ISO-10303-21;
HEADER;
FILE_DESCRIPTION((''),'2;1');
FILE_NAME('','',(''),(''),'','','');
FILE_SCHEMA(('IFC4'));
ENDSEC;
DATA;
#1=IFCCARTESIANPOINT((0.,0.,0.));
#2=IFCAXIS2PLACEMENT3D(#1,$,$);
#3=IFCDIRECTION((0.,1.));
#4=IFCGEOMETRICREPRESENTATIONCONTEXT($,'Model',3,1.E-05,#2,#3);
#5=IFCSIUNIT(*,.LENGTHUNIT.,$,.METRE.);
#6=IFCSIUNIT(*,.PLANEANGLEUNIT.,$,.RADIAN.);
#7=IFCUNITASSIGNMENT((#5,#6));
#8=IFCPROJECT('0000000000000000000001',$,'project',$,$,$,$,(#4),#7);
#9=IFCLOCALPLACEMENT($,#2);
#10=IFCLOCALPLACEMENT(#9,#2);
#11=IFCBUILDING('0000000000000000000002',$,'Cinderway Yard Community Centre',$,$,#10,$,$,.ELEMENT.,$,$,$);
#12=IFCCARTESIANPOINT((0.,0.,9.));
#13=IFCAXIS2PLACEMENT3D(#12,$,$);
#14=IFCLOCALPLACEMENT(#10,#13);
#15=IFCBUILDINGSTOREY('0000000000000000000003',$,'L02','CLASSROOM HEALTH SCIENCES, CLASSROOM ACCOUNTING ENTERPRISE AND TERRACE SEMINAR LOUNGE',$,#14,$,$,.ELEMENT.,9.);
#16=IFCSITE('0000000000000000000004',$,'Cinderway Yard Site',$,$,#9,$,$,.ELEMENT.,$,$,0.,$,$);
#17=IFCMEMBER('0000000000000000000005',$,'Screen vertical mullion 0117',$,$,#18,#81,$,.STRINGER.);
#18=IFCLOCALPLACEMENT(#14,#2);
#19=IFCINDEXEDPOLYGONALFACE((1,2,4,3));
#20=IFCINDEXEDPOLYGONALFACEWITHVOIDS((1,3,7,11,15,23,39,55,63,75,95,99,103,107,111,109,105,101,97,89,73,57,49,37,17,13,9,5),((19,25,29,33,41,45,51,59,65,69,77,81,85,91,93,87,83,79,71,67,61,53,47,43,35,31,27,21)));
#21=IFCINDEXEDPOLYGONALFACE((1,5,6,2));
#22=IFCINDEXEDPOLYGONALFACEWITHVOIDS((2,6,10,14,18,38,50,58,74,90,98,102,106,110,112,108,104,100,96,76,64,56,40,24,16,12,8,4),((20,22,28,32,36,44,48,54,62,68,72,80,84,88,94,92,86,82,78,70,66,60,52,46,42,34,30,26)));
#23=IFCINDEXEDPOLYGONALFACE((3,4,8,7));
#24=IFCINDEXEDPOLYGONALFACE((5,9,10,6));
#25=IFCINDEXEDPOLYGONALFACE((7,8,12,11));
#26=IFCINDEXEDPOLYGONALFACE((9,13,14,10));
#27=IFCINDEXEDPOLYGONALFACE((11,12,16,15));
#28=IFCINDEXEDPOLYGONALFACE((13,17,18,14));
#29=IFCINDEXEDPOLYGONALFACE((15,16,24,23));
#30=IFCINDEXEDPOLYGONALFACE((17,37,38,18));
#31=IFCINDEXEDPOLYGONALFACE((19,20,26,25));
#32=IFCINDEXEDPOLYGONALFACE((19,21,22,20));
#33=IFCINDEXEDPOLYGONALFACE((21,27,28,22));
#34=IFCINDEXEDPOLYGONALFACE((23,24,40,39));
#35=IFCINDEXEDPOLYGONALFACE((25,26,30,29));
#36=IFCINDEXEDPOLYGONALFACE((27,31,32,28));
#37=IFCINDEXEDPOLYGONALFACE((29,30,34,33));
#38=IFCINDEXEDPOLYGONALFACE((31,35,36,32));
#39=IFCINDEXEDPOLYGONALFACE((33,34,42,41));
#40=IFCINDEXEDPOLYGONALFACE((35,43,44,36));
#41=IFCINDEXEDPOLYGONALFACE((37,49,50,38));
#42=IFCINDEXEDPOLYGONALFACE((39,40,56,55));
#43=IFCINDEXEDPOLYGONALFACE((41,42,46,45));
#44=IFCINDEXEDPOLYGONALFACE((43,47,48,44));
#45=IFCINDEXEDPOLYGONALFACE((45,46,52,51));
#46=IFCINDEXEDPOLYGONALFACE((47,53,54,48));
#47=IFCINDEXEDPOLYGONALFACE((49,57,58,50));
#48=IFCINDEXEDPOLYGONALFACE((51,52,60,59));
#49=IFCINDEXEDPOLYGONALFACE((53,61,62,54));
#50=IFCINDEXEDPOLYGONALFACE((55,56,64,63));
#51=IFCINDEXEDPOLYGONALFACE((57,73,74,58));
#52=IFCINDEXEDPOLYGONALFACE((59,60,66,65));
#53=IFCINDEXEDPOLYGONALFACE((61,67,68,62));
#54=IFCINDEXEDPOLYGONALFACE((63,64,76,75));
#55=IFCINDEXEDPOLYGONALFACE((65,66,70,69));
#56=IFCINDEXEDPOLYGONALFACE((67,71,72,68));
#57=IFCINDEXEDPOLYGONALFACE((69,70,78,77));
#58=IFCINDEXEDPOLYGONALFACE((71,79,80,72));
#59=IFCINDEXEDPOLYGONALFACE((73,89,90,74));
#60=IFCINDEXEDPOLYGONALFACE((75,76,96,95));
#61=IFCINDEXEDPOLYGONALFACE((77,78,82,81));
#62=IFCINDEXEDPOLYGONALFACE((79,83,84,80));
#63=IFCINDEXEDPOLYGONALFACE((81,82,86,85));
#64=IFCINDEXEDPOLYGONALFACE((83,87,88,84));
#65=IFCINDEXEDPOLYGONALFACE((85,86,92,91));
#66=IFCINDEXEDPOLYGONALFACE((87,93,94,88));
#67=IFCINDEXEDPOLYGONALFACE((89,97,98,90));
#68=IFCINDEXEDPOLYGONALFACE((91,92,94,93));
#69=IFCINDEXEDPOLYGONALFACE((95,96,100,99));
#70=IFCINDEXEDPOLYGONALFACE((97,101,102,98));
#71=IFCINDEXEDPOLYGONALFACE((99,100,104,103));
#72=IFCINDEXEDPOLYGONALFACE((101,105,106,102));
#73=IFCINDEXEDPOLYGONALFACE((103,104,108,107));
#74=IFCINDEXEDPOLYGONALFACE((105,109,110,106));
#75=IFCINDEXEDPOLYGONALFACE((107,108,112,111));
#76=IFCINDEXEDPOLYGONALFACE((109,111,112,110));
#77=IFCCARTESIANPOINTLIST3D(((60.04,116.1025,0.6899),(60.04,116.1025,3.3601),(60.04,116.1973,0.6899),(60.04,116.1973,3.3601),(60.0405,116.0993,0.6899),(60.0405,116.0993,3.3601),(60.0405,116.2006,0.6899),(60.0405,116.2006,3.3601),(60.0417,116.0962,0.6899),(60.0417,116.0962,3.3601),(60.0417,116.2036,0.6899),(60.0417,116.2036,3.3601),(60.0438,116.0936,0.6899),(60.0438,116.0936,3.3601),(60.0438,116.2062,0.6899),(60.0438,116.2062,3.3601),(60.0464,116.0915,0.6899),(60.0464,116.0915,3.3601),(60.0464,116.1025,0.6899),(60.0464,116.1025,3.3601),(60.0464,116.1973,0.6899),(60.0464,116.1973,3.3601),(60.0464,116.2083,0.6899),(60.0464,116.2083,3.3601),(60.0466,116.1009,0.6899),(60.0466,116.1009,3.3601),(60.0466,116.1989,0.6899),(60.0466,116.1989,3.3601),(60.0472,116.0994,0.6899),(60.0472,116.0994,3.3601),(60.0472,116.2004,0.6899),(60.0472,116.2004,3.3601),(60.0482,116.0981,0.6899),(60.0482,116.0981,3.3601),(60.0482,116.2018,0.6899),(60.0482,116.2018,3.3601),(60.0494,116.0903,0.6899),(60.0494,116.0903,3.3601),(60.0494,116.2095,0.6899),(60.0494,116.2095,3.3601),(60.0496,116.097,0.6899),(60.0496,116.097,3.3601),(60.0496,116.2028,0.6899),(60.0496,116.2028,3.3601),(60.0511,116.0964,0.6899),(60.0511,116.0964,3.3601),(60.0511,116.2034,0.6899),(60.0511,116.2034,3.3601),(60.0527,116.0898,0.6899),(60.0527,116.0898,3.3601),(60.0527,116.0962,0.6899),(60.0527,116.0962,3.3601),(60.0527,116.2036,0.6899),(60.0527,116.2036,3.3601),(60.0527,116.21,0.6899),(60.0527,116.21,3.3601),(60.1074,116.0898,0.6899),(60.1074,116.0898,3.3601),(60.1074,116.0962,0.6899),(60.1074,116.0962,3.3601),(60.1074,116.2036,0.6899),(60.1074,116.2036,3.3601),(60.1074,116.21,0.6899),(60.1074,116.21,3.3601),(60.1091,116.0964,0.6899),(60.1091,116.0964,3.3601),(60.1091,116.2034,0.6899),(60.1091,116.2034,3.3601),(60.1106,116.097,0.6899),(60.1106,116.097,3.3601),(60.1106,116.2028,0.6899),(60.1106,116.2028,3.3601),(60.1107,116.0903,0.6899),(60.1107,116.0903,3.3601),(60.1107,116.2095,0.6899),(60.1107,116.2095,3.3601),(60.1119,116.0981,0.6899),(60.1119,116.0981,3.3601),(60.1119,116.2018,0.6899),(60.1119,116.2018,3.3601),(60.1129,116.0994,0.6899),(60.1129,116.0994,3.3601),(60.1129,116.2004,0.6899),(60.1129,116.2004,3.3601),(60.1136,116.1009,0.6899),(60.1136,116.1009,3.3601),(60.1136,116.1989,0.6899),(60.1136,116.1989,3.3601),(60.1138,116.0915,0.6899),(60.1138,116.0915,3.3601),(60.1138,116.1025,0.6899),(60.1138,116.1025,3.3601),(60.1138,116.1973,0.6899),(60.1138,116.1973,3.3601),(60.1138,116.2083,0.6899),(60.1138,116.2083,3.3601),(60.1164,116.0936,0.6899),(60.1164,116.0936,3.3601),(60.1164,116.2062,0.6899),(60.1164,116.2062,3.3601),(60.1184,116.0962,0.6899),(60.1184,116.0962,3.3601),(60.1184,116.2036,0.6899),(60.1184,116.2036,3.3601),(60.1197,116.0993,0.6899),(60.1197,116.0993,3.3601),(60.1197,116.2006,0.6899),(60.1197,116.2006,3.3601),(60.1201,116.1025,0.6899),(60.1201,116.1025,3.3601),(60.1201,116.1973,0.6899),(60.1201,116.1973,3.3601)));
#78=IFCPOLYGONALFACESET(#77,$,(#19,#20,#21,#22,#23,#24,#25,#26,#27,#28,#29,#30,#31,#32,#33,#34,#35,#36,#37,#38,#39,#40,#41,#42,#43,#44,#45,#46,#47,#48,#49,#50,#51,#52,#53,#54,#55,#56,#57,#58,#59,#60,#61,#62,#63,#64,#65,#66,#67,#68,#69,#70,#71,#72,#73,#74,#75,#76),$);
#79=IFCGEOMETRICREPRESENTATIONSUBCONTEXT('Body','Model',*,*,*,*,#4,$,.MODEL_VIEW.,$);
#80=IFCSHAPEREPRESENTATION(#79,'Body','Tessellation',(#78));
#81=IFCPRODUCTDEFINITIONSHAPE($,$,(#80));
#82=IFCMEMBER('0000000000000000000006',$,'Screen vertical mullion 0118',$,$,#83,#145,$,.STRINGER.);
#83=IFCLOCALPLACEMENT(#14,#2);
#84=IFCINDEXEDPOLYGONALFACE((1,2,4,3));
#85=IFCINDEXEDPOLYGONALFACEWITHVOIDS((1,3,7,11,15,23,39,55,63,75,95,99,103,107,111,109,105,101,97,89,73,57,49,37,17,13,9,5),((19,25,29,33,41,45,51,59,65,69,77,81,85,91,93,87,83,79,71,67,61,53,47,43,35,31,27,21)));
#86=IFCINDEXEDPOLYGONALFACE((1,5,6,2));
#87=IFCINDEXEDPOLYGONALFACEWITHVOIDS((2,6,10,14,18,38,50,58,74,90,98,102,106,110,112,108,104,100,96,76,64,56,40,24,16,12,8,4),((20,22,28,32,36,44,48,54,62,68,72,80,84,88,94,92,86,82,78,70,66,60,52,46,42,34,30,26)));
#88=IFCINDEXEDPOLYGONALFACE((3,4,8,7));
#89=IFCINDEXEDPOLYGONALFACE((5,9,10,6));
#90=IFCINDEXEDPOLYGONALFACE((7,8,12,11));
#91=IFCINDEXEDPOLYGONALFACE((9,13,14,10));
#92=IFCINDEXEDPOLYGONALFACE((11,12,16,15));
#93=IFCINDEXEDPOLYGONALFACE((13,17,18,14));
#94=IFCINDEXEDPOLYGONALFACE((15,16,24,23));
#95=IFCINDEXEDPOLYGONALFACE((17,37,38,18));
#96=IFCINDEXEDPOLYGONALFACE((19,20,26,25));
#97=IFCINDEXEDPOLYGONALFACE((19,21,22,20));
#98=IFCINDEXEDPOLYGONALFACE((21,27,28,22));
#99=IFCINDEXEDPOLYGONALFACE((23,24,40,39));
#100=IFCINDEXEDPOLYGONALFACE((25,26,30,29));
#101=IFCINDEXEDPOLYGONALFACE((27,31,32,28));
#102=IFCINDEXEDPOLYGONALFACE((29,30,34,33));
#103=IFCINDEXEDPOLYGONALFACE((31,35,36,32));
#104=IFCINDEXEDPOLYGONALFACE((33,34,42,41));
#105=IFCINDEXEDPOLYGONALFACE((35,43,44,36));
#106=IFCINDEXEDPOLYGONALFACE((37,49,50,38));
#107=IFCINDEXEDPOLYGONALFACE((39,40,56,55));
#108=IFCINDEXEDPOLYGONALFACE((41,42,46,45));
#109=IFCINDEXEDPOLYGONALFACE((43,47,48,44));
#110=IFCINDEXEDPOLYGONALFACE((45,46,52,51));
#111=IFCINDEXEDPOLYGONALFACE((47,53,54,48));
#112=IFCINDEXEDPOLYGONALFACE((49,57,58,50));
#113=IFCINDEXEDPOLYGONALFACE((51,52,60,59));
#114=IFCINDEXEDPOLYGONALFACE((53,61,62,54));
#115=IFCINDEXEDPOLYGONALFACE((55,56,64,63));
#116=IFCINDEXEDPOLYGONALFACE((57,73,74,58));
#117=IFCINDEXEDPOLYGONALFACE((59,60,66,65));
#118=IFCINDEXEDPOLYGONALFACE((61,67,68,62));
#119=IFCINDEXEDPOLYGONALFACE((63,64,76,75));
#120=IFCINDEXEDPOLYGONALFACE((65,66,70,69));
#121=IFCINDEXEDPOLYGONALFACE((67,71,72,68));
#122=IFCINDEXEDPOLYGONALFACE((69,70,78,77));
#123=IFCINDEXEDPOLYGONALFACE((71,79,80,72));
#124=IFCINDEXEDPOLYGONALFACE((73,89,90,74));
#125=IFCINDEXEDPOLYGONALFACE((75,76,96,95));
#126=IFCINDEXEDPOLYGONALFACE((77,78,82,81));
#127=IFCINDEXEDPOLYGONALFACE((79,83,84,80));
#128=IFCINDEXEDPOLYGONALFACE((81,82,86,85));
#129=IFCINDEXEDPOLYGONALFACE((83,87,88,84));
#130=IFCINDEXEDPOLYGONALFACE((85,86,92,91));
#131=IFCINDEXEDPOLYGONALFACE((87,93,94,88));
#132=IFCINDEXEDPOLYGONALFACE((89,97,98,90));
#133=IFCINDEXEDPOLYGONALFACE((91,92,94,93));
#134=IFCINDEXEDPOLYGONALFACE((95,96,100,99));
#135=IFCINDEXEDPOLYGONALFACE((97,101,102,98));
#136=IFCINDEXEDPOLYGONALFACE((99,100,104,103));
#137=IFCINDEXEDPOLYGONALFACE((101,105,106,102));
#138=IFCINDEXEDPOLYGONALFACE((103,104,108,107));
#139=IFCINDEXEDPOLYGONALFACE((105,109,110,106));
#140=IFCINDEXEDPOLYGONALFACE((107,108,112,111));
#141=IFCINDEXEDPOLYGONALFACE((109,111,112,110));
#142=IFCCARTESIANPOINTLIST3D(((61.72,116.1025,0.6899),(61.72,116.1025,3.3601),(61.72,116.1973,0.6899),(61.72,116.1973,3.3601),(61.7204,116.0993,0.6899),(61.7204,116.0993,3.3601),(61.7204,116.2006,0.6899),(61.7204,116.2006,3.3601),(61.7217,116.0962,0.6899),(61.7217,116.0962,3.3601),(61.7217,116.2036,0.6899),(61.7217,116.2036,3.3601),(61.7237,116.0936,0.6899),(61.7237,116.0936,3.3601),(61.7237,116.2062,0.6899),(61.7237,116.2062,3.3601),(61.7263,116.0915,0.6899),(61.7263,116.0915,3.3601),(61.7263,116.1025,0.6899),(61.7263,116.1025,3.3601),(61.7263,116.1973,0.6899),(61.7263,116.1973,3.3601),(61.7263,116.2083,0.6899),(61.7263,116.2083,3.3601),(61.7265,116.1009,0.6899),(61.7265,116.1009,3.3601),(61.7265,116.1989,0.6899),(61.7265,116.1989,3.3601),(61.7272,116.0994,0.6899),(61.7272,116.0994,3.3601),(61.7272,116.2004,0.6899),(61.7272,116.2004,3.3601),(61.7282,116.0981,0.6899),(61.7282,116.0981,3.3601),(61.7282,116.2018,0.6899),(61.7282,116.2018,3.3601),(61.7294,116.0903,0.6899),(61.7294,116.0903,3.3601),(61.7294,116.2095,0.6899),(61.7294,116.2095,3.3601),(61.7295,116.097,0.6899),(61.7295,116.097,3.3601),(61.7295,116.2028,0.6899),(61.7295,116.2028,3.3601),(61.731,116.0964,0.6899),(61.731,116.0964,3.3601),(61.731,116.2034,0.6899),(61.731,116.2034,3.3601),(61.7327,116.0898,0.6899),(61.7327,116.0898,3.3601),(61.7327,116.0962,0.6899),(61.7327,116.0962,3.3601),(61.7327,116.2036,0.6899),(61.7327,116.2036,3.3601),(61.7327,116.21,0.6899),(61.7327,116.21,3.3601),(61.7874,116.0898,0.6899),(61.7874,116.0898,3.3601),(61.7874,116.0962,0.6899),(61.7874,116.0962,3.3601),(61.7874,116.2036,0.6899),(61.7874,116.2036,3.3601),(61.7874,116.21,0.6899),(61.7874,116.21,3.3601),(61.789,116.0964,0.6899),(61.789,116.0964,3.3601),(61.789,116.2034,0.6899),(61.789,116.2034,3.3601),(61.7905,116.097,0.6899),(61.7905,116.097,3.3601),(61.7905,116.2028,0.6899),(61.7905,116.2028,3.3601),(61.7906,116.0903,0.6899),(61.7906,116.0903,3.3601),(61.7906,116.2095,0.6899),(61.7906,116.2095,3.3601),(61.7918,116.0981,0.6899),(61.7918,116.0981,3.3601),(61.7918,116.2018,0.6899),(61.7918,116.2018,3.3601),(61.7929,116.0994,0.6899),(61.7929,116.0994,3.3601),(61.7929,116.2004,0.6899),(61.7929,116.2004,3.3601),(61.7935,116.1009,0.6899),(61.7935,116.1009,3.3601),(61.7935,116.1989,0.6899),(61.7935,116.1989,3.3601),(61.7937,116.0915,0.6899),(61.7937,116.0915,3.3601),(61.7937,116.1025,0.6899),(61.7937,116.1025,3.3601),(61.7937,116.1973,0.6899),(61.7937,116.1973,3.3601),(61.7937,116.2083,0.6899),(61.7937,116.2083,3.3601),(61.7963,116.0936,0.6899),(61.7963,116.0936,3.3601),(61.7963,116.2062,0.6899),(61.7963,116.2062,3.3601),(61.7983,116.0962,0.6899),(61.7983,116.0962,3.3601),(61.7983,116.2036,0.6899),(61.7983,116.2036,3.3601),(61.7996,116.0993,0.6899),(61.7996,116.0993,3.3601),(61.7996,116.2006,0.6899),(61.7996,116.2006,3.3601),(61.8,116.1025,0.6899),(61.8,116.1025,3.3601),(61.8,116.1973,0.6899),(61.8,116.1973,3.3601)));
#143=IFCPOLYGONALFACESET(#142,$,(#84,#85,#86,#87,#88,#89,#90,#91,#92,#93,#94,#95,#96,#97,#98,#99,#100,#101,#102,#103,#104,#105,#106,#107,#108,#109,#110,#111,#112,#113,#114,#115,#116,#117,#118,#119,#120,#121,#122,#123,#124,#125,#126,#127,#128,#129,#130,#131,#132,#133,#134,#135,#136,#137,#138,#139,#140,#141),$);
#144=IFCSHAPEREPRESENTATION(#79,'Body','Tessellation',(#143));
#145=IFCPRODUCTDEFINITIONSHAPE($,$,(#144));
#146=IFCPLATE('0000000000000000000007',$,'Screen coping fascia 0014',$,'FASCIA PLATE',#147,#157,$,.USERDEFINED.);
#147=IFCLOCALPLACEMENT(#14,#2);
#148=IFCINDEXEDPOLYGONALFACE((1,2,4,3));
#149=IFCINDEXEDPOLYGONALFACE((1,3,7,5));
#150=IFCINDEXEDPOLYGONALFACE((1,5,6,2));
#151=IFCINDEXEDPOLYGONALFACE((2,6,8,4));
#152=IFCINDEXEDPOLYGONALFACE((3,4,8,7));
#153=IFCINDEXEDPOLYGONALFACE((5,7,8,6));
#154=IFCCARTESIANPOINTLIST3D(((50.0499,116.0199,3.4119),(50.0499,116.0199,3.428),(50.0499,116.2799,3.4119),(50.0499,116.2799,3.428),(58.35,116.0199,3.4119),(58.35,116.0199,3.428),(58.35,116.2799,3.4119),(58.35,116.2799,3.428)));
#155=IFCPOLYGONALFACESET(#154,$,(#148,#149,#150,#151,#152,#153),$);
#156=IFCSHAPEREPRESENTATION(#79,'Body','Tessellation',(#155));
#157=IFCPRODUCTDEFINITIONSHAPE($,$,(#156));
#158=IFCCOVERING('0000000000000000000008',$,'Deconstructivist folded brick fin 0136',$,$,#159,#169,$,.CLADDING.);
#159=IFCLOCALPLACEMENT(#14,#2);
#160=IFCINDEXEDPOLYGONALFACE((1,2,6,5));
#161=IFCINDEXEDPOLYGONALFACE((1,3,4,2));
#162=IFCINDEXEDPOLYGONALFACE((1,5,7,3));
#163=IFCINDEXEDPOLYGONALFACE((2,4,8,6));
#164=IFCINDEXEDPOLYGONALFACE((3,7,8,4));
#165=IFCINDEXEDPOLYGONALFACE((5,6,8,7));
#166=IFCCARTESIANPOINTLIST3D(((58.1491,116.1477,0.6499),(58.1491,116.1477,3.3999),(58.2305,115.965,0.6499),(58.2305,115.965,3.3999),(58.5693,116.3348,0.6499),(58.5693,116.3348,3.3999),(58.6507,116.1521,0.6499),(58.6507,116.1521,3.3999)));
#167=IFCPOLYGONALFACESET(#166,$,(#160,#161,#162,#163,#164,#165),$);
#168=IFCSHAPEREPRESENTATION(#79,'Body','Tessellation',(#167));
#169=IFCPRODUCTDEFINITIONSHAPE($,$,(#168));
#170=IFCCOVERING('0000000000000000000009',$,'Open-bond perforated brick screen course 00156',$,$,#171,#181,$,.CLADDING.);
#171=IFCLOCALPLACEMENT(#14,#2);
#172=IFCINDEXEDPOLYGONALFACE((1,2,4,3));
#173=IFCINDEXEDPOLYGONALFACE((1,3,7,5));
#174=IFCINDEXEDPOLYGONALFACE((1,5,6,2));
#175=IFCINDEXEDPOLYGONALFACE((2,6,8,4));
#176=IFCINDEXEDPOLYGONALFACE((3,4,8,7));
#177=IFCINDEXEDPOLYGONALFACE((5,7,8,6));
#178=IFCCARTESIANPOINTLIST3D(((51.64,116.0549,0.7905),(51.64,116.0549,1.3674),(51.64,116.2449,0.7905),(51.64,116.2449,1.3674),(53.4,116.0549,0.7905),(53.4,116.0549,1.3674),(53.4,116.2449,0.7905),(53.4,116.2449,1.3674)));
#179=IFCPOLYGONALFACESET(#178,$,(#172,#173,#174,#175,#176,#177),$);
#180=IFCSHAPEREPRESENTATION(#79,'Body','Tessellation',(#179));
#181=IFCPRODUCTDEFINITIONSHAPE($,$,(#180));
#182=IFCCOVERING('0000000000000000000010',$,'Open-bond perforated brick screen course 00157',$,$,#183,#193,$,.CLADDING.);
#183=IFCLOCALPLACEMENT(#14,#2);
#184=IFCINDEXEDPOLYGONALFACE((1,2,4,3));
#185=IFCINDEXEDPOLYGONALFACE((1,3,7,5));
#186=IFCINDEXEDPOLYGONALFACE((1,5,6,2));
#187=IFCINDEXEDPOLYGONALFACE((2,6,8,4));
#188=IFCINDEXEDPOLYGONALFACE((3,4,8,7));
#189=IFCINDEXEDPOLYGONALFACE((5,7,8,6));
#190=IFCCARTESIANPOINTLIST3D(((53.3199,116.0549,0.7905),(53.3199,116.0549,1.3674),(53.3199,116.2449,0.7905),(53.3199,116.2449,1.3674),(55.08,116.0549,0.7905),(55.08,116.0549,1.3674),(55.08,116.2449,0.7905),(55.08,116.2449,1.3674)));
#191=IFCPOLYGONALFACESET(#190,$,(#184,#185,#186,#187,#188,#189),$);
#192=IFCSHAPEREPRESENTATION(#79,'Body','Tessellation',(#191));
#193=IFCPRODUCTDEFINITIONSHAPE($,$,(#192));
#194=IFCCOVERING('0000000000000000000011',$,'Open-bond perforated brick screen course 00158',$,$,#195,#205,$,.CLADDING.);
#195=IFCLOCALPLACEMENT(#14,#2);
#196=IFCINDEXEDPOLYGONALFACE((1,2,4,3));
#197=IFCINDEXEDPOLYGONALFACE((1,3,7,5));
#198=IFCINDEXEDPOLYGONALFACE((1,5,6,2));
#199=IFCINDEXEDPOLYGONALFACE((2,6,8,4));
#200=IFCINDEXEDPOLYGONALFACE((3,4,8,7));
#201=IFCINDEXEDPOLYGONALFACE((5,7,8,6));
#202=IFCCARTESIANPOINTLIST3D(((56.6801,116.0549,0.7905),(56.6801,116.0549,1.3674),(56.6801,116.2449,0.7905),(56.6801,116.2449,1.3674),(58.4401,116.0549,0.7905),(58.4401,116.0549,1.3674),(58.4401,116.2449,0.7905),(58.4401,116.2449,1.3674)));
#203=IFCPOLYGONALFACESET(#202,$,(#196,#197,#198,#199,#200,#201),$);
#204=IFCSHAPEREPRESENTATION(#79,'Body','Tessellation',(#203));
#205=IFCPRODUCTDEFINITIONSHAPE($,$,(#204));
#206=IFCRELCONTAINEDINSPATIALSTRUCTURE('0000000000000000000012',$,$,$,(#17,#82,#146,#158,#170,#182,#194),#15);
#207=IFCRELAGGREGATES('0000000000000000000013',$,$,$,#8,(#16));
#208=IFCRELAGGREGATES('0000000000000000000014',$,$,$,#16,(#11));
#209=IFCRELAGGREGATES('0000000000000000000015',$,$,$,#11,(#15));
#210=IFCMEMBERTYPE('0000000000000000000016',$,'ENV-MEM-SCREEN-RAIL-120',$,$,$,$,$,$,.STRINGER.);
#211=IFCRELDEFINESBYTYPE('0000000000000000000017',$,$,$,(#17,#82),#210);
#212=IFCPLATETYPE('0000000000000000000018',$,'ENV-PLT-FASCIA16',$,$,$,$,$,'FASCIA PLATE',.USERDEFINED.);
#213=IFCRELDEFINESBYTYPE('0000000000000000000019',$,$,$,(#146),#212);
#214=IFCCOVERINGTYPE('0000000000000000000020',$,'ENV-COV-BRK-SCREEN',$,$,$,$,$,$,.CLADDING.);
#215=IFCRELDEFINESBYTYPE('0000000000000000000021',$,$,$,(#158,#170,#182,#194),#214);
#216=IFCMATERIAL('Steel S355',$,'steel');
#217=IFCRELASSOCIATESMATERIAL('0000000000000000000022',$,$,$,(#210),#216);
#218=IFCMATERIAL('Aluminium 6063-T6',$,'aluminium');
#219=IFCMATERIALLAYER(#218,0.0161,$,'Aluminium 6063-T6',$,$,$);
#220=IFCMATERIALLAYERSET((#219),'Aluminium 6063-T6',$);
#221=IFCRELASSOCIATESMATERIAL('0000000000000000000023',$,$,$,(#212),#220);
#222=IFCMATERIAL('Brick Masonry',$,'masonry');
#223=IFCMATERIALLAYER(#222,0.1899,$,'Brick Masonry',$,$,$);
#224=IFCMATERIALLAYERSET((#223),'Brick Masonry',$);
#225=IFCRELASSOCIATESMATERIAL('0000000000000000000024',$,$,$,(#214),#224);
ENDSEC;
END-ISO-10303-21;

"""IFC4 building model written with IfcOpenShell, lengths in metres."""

from ifc_helpers import new_model, si_unit, direction, frame, origin, origin_2d, place, context, subcontext, project, spatial, rectangle, hollow_rectangle, extrude, material, layer, layer_set, material_profile, profile_set, type_object, element, save


model = new_model("IFC4")

# Units and contexts
model_context = context("Model", 3, precision=1e-05, world=origin(), true_north=direction((0.0, 1.0)))
body_context = subcontext(model_context, "Body", "Model", "MODEL_VIEW")
ifc_project = project(units=[si_unit("LENGTHUNIT", "METRE"), si_unit("PLANEANGLEUNIT", "RADIAN")], contexts=[model_context])

# Site, building, storey
site_placement = place(None, origin())
site = spatial("IfcSite", under=ifc_project, at=site_placement, Name="Cinderway Yard Site", CompositionType="ELEMENT", RefElevation=0.0)
building_placement = place(site_placement, origin())
building = spatial("IfcBuilding", under=site, at=building_placement, Name="Cinderway Yard Community Centre", CompositionType="ELEMENT")
storey_placement = place(building_placement, frame((0.0, 0.0, 9.0)))
storey = spatial("IfcBuildingStorey", under=building, at=storey_placement, Name="L02", Description="CLASSROOM HEALTH SCIENCES, CLASSROOM ACCOUNTING ENTERPRISE AND TERRACE SEMINAR LOUNGE", CompositionType="ELEMENT", Elevation=9.0)

# Shared definitions
ifc_material_1 = material(Name="Aluminium 6063-T6", Category="aluminium")

# Members
ifc_material_2 = material(Name="Steel S355", Category="steel")
ifc_material_profile_1 = material_profile(ifc_material_2, hollow_rectangle(XDim=0.0801, YDim=0.1201, WallThickness=0.0063, InnerFilletRadius=0.0063, OuterFilletRadius=0.0127, at=origin_2d()), Name="Steel S355")
ifc_profile_set_1 = profile_set([ifc_material_profile_1], Name="Steel S355")
member_type_1 = type_object("IfcMemberType", Name="ENV-MEM-SCREEN-RAIL-120", PredefinedType="STRINGER", material=ifc_profile_set_1)
for number, where, z_axis, x_axis, name in (
    (1, (60.0801, 116.1499, 0.6899), (0.0, 0.0, 1.0), (1.0, 0.0, 0.0), "Screen vertical mullion 0117"),
    (2, (61.76, 116.1499, 0.6899), (0.0, 0.0, 1.0), (1.0, 0.0, 0.0), "Screen vertical mullion 0118"),
):
    element("IfcMember", number, at=place(storey_placement, frame(where, z_axis=z_axis, x_axis=x_axis)), inside=storey, type_object=member_type_1, Name=name, PredefinedType="STRINGER", context=body_context, shape_type="SweptSolid", body=[
        extrude(hollow_rectangle(XDim=0.0801, YDim=0.1201, WallThickness=0.0063, InnerFilletRadius=0.0063, OuterFilletRadius=0.0127, at=origin_2d()), origin(), (0.0, 0.0, 1.0), 2.6702),
    ])

# Plate
ifc_layer_1 = layer(ifc_material_1, 0.0161, Name="Aluminium 6063-T6")
ifc_layer_set_1 = layer_set([ifc_layer_1], Name="Aluminium 6063-T6")
plate_type = type_object("IfcPlateType", Name="ENV-PLT-FASCIA16", ElementType="FASCIA PLATE", PredefinedType="USERDEFINED", material=ifc_layer_set_1)
plate_placement = place(storey_placement, frame((54.2, 116.1499, 3.4119), z_axis=(0.0, 0.0, 1.0), x_axis=(1.0, 0.0, 0.0)))
element("IfcPlate", 3, at=plate_placement, inside=storey, type_object=plate_type, Name="Screen coping fascia 0014", ObjectType="FASCIA PLATE", PredefinedType="USERDEFINED", context=body_context, shape_type="SweptSolid", body=[
    extrude(rectangle(XDim=8.3, YDim=0.26, at=origin_2d()), origin(), (0.0, 0.0, 1.0), 0.0161),
])

# Coverings
ifc_material_3 = material(Name="Brick Masonry", Category="masonry")
ifc_layer_2 = layer(ifc_material_3, 0.1899, Name="Brick Masonry")
ifc_layer_set_2 = layer_set([ifc_layer_2], Name="Brick Masonry")
covering_type = type_object("IfcCoveringType", Name="ENV-COV-BRK-SCREEN", PredefinedType="CLADDING", material=ifc_layer_set_2)
covering_placement = place(storey_placement, frame((58.3999, 116.1499, 0.6499), z_axis=(0.0, 0.0, 1.0), x_axis=(0.913545, 0.406737, 0.0)))
element("IfcCovering", 4, at=covering_placement, inside=storey, type_object=covering_type, Name="Deconstructivist folded brick fin 0136", PredefinedType="CLADDING", context=body_context, shape_type="SweptSolid", body=[
    extrude(rectangle(XDim=0.46, YDim=0.2, at=origin_2d()), origin(), (0.0, 0.0, 1.0), 2.75),
])
for number, where, z_axis, x_axis, name in (
    (5, (52.52, 116.1499, 0.7905), (0.0, 0.0, 1.0), (1.0, 0.0, 0.0), "Open-bond perforated brick screen course 00156"),
    (6, (54.2, 116.1499, 0.7905), (0.0, 0.0, 1.0), (1.0, 0.0, 0.0), "Open-bond perforated brick screen course 00157"),
    (7, (57.5601, 116.1499, 0.7905), (0.0, 0.0, 1.0), (1.0, 0.0, 0.0), "Open-bond perforated brick screen course 00158"),
):
    element("IfcCovering", number, at=place(storey_placement, frame(where, z_axis=z_axis, x_axis=x_axis)), inside=storey, type_object=covering_type, Name=name, PredefinedType="CLADDING", context=body_context, shape_type="SweptSolid", body=[
        extrude(rectangle(XDim=1.76, YDim=0.1899, at=origin_2d()), origin(), (0.0, 0.0, 1.0), 0.5769),
    ])

save(model, "model.ifc")
